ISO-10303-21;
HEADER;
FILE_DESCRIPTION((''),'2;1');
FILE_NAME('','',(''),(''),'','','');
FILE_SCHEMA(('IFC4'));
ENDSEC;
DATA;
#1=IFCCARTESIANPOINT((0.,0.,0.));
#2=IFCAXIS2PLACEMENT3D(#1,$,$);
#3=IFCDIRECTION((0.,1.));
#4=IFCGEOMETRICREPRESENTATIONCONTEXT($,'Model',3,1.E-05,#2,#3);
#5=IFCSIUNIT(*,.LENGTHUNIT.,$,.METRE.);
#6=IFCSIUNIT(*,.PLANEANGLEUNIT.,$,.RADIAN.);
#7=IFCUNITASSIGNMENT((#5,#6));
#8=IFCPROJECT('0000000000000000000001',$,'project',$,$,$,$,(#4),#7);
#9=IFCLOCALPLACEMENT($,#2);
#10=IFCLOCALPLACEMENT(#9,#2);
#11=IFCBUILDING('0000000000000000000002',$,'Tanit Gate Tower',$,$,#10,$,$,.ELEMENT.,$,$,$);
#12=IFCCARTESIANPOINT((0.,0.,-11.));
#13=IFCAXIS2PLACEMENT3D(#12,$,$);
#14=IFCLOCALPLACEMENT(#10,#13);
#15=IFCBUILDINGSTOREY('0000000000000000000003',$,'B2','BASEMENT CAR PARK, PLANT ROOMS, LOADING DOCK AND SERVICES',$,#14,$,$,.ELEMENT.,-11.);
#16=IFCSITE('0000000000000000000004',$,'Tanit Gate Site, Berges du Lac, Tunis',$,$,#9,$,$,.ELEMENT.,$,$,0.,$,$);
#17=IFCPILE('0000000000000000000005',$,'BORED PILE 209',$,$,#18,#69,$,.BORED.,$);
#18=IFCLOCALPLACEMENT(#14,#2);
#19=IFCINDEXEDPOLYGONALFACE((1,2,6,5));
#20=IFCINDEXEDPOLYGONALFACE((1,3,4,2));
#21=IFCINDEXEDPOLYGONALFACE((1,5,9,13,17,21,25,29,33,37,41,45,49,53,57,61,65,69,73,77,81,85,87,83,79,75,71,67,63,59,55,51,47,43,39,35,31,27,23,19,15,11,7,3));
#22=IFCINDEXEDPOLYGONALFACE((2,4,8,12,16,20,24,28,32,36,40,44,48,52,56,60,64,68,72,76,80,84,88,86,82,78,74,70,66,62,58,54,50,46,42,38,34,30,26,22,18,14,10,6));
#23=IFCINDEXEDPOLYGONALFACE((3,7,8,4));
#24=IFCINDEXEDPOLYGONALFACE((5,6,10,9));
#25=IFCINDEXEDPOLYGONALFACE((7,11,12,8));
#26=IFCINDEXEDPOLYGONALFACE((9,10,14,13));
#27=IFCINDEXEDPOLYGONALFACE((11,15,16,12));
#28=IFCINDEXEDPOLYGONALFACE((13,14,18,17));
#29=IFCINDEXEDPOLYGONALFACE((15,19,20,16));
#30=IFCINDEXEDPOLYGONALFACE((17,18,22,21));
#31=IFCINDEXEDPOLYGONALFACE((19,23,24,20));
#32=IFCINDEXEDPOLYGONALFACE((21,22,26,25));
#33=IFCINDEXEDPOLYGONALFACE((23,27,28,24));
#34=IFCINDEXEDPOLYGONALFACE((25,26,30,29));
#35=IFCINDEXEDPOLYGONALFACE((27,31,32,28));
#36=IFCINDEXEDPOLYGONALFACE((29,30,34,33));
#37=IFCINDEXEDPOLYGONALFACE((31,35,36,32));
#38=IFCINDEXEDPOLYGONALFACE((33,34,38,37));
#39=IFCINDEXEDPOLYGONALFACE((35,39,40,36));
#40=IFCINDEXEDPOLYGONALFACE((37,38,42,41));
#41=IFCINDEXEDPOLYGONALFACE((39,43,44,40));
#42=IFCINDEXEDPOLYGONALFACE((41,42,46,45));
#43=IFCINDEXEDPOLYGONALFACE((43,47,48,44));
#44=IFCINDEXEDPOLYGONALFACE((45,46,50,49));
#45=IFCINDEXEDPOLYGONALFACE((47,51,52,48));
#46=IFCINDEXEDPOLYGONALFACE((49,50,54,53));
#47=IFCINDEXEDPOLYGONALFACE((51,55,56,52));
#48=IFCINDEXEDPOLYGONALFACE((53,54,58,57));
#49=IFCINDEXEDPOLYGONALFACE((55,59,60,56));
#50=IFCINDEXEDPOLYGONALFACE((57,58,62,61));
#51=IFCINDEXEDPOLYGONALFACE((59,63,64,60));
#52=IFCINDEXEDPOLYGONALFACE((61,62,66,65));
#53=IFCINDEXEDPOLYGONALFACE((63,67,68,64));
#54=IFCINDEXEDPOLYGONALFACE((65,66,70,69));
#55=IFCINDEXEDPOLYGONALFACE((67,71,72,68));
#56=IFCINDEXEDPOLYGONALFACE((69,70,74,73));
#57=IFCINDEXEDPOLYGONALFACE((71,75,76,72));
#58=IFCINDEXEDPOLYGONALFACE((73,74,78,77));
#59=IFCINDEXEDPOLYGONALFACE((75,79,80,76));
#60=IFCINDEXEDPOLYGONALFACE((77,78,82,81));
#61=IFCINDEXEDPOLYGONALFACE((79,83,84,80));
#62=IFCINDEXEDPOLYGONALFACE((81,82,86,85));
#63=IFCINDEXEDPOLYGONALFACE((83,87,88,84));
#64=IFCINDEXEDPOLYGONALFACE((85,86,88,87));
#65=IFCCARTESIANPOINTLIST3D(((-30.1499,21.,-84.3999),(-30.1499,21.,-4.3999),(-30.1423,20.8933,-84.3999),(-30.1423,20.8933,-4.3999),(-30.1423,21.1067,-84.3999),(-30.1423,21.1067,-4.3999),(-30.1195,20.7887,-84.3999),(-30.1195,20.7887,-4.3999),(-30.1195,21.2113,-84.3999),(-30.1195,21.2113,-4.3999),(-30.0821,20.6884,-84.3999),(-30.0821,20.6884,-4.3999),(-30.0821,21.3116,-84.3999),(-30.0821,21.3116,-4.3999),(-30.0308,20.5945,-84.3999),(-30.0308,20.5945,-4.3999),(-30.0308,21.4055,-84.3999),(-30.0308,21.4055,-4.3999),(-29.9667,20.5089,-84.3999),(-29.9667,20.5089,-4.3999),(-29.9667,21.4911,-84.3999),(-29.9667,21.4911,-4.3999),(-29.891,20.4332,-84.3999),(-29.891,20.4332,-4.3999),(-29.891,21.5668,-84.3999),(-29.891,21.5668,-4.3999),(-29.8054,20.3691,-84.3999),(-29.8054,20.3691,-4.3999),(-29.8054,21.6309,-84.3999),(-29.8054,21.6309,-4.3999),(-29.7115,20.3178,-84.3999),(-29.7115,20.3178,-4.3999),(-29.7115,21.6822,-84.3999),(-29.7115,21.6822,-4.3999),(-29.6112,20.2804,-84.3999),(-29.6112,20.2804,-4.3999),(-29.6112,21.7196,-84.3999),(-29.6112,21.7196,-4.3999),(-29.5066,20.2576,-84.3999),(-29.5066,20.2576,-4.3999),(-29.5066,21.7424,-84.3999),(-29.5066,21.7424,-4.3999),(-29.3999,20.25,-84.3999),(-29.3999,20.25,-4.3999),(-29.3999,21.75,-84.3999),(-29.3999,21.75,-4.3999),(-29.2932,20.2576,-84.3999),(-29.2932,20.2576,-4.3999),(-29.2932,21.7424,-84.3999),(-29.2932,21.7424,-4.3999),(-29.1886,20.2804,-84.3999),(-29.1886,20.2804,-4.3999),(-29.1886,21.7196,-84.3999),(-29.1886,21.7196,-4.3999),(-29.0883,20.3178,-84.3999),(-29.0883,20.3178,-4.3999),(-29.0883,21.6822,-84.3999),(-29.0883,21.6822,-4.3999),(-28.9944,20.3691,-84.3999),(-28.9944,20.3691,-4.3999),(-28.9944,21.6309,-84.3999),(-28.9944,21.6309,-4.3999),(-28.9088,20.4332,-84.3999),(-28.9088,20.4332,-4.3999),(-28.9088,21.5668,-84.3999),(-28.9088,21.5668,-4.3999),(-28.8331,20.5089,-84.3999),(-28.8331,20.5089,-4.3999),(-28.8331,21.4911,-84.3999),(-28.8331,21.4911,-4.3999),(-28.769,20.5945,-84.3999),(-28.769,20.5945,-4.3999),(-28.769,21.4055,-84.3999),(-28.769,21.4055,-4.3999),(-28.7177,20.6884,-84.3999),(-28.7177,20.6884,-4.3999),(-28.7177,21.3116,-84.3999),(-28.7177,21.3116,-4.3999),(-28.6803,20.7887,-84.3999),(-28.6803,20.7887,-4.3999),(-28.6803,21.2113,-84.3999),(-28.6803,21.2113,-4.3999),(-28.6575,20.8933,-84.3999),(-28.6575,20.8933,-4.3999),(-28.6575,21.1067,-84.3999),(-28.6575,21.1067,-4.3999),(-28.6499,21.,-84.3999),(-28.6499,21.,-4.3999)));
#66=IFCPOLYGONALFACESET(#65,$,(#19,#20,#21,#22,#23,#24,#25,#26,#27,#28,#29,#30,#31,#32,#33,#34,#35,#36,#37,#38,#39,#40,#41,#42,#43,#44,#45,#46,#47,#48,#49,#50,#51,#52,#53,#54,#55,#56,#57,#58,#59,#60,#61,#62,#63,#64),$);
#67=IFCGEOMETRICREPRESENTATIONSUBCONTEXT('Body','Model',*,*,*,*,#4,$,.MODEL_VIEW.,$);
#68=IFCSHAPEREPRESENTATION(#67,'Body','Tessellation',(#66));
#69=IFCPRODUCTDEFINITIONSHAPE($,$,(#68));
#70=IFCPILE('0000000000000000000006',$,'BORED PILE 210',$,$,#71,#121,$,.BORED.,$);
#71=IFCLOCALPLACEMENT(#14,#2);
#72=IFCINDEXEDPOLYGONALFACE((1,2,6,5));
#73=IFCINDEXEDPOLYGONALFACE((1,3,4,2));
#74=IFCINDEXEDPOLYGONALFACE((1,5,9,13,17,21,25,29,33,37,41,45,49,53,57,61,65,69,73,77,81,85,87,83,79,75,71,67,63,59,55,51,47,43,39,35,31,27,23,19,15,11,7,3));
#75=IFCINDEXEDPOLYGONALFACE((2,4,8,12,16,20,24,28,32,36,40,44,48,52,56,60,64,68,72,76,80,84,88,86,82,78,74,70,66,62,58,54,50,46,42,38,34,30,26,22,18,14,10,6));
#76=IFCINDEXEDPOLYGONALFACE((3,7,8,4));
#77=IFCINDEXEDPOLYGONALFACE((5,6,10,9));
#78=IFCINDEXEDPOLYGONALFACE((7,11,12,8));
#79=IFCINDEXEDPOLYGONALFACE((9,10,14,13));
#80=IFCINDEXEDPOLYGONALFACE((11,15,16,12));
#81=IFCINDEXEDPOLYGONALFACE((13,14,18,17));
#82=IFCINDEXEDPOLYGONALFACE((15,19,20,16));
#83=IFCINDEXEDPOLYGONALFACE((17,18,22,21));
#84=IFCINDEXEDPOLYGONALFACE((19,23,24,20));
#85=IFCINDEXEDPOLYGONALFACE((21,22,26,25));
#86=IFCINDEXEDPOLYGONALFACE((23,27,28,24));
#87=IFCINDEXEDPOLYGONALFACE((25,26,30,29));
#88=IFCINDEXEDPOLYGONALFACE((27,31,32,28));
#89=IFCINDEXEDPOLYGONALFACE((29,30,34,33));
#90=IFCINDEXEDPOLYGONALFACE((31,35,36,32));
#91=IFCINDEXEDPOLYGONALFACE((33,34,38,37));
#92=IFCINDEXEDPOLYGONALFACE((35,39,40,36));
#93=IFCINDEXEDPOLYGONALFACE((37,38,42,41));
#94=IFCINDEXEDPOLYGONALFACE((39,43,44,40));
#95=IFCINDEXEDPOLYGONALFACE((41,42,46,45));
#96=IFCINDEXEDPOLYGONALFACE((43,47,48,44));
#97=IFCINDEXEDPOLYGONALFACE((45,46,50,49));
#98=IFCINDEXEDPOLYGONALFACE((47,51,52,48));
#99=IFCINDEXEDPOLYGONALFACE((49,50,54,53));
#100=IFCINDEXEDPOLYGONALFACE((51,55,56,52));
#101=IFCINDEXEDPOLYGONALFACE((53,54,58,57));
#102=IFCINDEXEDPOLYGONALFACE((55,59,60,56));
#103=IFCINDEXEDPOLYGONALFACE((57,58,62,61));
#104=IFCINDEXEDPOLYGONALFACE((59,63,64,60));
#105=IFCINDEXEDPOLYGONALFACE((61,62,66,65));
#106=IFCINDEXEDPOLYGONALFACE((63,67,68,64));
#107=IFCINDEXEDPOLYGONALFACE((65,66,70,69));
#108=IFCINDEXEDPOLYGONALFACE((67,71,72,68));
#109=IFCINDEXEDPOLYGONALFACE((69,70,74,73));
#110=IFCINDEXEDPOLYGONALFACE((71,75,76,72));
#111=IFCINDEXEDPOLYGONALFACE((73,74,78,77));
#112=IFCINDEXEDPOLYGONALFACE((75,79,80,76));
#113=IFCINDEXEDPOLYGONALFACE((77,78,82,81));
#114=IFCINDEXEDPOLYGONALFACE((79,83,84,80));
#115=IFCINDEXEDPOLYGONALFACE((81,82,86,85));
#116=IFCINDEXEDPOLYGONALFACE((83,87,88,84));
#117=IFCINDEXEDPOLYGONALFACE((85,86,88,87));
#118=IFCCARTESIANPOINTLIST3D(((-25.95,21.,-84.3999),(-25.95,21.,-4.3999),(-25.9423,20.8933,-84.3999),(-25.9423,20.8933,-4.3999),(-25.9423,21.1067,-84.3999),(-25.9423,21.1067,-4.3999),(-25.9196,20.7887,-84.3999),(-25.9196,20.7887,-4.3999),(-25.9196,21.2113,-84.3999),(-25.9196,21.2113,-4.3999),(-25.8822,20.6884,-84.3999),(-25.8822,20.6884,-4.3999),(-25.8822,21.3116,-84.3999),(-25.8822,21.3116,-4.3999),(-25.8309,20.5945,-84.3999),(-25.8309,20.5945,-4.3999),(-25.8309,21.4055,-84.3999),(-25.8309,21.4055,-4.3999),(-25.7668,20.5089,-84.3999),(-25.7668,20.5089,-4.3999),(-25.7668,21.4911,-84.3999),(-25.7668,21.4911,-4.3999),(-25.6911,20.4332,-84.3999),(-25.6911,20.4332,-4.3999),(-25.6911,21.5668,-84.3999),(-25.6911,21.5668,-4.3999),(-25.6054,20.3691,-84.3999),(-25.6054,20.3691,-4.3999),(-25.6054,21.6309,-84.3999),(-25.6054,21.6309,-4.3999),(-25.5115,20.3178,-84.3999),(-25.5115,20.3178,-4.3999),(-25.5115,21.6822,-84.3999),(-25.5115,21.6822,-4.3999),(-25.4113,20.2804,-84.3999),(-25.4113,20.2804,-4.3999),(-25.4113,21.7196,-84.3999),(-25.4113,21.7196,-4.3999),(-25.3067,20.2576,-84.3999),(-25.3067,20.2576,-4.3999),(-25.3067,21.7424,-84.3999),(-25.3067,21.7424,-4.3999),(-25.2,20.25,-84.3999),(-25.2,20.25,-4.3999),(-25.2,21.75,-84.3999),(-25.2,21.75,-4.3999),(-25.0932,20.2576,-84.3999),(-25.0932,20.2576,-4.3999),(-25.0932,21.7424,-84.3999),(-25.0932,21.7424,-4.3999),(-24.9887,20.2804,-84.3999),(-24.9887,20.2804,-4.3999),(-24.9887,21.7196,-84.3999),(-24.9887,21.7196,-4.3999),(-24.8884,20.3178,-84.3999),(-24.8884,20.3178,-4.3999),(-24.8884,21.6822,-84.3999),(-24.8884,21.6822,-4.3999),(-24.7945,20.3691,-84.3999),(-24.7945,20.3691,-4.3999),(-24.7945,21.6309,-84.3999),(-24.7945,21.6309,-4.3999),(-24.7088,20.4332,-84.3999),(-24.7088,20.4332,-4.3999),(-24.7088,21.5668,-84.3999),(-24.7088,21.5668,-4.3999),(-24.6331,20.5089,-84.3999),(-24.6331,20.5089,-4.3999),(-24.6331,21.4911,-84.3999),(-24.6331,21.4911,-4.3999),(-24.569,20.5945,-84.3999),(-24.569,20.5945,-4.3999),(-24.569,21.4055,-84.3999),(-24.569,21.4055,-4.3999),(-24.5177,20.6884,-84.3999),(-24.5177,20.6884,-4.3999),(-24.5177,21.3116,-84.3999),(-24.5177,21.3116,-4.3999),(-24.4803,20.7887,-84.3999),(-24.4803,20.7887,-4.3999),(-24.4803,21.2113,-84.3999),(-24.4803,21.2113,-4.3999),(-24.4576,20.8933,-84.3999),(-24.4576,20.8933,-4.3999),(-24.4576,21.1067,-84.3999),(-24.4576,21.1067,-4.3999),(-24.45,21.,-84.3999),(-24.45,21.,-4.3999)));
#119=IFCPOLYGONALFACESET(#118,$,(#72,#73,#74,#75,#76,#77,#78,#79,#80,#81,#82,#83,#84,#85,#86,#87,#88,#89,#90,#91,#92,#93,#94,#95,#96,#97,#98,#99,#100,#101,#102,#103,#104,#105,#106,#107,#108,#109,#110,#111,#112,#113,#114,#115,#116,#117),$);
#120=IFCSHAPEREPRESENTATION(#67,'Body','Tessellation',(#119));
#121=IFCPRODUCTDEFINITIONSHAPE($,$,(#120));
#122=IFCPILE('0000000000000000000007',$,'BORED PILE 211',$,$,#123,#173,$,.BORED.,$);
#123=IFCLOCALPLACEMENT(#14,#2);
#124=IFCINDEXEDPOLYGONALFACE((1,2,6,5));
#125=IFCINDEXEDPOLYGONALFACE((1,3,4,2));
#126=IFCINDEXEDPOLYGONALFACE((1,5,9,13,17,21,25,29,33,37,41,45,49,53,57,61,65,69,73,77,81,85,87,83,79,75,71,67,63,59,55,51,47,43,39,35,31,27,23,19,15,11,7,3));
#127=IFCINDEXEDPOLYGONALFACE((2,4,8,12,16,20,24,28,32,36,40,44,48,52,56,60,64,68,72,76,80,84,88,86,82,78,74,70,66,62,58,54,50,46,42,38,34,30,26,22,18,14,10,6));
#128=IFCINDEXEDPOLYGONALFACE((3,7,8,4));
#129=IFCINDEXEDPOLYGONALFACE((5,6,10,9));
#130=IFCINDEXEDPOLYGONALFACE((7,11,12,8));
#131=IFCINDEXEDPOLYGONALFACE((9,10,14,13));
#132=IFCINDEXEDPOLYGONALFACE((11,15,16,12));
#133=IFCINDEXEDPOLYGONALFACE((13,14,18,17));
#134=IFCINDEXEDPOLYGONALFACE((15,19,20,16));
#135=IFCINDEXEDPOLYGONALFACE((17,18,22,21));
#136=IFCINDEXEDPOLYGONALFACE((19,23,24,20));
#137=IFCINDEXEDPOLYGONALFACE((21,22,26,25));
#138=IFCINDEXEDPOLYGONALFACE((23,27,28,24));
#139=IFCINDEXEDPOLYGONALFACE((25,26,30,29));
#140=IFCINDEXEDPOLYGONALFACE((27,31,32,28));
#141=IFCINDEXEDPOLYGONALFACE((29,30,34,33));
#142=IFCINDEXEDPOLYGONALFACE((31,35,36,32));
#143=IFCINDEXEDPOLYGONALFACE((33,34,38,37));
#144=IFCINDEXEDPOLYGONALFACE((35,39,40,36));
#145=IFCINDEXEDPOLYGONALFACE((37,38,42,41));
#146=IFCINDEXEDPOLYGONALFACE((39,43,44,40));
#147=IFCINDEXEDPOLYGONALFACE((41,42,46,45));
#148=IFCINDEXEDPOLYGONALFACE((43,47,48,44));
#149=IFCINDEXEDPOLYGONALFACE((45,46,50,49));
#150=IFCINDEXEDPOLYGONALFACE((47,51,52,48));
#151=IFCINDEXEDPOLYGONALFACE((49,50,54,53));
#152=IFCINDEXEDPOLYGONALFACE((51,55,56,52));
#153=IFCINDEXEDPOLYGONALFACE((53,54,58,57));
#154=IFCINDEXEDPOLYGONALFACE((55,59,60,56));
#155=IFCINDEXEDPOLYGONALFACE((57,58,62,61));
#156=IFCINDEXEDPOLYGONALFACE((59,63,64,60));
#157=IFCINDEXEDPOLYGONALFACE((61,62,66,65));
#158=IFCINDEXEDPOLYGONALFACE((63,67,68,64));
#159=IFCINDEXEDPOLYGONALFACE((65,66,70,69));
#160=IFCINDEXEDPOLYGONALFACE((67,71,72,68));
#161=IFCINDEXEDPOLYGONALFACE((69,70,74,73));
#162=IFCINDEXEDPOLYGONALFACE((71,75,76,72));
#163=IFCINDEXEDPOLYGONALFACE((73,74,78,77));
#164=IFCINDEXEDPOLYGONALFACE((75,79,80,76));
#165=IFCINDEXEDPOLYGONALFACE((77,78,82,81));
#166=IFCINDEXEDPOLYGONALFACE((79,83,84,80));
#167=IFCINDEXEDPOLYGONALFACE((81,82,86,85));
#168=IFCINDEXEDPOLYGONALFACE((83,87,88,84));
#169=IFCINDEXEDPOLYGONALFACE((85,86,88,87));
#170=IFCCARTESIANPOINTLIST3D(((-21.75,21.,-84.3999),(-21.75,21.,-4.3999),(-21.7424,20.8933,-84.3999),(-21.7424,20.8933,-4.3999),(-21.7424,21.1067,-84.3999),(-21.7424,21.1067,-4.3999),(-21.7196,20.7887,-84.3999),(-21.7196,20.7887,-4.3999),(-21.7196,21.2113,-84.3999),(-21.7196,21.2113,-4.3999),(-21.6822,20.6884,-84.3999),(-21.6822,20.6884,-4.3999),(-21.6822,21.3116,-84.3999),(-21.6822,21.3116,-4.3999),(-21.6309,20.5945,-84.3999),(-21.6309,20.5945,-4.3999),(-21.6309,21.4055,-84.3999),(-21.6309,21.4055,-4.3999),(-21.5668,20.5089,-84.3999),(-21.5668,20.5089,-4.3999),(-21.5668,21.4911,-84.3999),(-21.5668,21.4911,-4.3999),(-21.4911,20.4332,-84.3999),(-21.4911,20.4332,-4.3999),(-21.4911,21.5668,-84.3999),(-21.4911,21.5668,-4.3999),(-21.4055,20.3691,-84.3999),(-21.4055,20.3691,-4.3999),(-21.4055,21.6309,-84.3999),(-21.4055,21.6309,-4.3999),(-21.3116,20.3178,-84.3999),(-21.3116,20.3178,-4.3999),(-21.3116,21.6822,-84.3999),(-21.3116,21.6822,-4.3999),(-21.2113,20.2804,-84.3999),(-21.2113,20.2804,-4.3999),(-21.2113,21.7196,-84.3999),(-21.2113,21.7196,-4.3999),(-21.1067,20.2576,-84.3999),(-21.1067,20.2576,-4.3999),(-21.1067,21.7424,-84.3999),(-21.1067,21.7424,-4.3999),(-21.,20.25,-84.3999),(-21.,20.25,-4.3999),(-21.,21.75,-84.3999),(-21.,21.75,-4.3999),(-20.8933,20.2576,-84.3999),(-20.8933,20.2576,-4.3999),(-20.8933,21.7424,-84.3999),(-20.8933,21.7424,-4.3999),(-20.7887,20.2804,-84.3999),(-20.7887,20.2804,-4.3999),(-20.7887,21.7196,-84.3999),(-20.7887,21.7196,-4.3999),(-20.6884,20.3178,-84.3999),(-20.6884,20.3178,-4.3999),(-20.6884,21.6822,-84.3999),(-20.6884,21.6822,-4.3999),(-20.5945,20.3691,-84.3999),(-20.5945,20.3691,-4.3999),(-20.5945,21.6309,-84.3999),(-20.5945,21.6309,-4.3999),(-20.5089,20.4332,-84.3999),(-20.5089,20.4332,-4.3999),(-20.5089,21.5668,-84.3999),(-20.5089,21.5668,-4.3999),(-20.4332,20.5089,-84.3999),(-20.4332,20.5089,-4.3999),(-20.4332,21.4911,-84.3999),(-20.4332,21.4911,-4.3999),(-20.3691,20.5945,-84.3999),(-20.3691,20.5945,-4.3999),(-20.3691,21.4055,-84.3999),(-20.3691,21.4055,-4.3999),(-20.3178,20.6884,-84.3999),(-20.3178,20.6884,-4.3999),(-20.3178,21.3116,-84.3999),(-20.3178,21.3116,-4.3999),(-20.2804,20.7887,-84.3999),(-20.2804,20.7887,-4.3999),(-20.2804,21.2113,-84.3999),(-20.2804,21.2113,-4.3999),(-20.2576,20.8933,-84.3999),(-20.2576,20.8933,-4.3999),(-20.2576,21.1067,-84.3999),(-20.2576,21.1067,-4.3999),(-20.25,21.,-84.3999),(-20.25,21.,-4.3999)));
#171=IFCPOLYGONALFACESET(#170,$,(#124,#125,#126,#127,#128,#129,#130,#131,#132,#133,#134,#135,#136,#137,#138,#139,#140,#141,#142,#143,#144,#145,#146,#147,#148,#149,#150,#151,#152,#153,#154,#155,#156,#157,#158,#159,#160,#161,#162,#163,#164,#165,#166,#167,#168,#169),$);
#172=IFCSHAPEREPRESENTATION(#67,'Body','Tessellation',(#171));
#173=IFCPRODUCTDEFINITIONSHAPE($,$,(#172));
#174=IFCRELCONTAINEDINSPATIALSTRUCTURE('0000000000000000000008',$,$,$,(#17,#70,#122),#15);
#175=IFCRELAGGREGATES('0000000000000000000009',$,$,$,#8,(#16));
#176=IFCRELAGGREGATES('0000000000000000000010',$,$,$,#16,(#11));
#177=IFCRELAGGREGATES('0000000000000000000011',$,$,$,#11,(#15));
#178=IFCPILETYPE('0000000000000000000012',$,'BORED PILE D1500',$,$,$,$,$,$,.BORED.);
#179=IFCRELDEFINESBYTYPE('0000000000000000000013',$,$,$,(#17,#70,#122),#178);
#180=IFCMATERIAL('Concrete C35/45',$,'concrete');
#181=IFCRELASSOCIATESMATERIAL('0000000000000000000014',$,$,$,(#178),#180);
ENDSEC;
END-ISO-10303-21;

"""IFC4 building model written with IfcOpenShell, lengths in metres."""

from ifc_helpers import new_model, si_unit, direction, frame, origin, origin_2d, place, context, subcontext, project, spatial, circle, extrude, material, material_profile, profile_set, type_object, element, save


model = new_model("IFC4")

# Units and contexts
model_context = context("Model", 3, precision=1e-05, world=origin(), true_north=direction((0.0, 1.0)))
body_context = subcontext(model_context, "Body", "Model", "MODEL_VIEW")
ifc_project = project(units=[si_unit("LENGTHUNIT", "METRE"), si_unit("PLANEANGLEUNIT", "RADIAN")], contexts=[model_context])

# Site, building, storey
site_placement = place(None, origin())
site = spatial("IfcSite", under=ifc_project, at=site_placement, Name="Tanit Gate Site, Berges du Lac, Tunis", CompositionType="ELEMENT", RefElevation=0.0)
building_placement = place(site_placement, origin())
building = spatial("IfcBuilding", under=site, at=building_placement, Name="Tanit Gate Tower", CompositionType="ELEMENT")
storey_placement = place(building_placement, frame((0.0, 0.0, -11.0)))
storey = spatial("IfcBuildingStorey", under=building, at=storey_placement, Name="B2", Description="BASEMENT CAR PARK, PLANT ROOMS, LOADING DOCK AND SERVICES", CompositionType="ELEMENT", Elevation=-11.0)

# Piles
ifc_material_1 = material(Name="Concrete C35/45", Category="concrete")
ifc_material_profile_1 = material_profile(ifc_material_1, circle(Radius=0.75, at=origin_2d()), Name="BORED PILE D1500 C35/45")
ifc_profile_set_1 = profile_set([ifc_material_profile_1], Name="Concrete C35/45")
pile_type = type_object("IfcPileType", Name="BORED PILE D1500", PredefinedType="BORED", material=ifc_profile_set_1)
for number, where, z_axis, x_axis, name in (
    (1, (-29.3999, 21.0, -4.3999), (0.0, 0.0, -1.0), (1.0, 0.0, 0.0), "BORED PILE 209"),
    (2, (-25.2, 21.0, -4.3999), (0.0, 0.0, -1.0), (1.0, 0.0, 0.0), "BORED PILE 210"),
    (3, (-21.0, 21.0, -4.3999), (0.0, 0.0, -1.0), (1.0, 0.0, 0.0), "BORED PILE 211"),
):
    element("IfcPile", number, at=place(storey_placement, frame(where, z_axis=z_axis, x_axis=x_axis)), inside=storey, type_object=pile_type, Name=name, PredefinedType="BORED", context=body_context, shape_type="SweptSolid", body=[
        extrude(circle(Radius=0.75, at=origin_2d()), origin(), (0.0, 0.0, 1.0), 80.0),
    ])

save(model, "model.ifc")
